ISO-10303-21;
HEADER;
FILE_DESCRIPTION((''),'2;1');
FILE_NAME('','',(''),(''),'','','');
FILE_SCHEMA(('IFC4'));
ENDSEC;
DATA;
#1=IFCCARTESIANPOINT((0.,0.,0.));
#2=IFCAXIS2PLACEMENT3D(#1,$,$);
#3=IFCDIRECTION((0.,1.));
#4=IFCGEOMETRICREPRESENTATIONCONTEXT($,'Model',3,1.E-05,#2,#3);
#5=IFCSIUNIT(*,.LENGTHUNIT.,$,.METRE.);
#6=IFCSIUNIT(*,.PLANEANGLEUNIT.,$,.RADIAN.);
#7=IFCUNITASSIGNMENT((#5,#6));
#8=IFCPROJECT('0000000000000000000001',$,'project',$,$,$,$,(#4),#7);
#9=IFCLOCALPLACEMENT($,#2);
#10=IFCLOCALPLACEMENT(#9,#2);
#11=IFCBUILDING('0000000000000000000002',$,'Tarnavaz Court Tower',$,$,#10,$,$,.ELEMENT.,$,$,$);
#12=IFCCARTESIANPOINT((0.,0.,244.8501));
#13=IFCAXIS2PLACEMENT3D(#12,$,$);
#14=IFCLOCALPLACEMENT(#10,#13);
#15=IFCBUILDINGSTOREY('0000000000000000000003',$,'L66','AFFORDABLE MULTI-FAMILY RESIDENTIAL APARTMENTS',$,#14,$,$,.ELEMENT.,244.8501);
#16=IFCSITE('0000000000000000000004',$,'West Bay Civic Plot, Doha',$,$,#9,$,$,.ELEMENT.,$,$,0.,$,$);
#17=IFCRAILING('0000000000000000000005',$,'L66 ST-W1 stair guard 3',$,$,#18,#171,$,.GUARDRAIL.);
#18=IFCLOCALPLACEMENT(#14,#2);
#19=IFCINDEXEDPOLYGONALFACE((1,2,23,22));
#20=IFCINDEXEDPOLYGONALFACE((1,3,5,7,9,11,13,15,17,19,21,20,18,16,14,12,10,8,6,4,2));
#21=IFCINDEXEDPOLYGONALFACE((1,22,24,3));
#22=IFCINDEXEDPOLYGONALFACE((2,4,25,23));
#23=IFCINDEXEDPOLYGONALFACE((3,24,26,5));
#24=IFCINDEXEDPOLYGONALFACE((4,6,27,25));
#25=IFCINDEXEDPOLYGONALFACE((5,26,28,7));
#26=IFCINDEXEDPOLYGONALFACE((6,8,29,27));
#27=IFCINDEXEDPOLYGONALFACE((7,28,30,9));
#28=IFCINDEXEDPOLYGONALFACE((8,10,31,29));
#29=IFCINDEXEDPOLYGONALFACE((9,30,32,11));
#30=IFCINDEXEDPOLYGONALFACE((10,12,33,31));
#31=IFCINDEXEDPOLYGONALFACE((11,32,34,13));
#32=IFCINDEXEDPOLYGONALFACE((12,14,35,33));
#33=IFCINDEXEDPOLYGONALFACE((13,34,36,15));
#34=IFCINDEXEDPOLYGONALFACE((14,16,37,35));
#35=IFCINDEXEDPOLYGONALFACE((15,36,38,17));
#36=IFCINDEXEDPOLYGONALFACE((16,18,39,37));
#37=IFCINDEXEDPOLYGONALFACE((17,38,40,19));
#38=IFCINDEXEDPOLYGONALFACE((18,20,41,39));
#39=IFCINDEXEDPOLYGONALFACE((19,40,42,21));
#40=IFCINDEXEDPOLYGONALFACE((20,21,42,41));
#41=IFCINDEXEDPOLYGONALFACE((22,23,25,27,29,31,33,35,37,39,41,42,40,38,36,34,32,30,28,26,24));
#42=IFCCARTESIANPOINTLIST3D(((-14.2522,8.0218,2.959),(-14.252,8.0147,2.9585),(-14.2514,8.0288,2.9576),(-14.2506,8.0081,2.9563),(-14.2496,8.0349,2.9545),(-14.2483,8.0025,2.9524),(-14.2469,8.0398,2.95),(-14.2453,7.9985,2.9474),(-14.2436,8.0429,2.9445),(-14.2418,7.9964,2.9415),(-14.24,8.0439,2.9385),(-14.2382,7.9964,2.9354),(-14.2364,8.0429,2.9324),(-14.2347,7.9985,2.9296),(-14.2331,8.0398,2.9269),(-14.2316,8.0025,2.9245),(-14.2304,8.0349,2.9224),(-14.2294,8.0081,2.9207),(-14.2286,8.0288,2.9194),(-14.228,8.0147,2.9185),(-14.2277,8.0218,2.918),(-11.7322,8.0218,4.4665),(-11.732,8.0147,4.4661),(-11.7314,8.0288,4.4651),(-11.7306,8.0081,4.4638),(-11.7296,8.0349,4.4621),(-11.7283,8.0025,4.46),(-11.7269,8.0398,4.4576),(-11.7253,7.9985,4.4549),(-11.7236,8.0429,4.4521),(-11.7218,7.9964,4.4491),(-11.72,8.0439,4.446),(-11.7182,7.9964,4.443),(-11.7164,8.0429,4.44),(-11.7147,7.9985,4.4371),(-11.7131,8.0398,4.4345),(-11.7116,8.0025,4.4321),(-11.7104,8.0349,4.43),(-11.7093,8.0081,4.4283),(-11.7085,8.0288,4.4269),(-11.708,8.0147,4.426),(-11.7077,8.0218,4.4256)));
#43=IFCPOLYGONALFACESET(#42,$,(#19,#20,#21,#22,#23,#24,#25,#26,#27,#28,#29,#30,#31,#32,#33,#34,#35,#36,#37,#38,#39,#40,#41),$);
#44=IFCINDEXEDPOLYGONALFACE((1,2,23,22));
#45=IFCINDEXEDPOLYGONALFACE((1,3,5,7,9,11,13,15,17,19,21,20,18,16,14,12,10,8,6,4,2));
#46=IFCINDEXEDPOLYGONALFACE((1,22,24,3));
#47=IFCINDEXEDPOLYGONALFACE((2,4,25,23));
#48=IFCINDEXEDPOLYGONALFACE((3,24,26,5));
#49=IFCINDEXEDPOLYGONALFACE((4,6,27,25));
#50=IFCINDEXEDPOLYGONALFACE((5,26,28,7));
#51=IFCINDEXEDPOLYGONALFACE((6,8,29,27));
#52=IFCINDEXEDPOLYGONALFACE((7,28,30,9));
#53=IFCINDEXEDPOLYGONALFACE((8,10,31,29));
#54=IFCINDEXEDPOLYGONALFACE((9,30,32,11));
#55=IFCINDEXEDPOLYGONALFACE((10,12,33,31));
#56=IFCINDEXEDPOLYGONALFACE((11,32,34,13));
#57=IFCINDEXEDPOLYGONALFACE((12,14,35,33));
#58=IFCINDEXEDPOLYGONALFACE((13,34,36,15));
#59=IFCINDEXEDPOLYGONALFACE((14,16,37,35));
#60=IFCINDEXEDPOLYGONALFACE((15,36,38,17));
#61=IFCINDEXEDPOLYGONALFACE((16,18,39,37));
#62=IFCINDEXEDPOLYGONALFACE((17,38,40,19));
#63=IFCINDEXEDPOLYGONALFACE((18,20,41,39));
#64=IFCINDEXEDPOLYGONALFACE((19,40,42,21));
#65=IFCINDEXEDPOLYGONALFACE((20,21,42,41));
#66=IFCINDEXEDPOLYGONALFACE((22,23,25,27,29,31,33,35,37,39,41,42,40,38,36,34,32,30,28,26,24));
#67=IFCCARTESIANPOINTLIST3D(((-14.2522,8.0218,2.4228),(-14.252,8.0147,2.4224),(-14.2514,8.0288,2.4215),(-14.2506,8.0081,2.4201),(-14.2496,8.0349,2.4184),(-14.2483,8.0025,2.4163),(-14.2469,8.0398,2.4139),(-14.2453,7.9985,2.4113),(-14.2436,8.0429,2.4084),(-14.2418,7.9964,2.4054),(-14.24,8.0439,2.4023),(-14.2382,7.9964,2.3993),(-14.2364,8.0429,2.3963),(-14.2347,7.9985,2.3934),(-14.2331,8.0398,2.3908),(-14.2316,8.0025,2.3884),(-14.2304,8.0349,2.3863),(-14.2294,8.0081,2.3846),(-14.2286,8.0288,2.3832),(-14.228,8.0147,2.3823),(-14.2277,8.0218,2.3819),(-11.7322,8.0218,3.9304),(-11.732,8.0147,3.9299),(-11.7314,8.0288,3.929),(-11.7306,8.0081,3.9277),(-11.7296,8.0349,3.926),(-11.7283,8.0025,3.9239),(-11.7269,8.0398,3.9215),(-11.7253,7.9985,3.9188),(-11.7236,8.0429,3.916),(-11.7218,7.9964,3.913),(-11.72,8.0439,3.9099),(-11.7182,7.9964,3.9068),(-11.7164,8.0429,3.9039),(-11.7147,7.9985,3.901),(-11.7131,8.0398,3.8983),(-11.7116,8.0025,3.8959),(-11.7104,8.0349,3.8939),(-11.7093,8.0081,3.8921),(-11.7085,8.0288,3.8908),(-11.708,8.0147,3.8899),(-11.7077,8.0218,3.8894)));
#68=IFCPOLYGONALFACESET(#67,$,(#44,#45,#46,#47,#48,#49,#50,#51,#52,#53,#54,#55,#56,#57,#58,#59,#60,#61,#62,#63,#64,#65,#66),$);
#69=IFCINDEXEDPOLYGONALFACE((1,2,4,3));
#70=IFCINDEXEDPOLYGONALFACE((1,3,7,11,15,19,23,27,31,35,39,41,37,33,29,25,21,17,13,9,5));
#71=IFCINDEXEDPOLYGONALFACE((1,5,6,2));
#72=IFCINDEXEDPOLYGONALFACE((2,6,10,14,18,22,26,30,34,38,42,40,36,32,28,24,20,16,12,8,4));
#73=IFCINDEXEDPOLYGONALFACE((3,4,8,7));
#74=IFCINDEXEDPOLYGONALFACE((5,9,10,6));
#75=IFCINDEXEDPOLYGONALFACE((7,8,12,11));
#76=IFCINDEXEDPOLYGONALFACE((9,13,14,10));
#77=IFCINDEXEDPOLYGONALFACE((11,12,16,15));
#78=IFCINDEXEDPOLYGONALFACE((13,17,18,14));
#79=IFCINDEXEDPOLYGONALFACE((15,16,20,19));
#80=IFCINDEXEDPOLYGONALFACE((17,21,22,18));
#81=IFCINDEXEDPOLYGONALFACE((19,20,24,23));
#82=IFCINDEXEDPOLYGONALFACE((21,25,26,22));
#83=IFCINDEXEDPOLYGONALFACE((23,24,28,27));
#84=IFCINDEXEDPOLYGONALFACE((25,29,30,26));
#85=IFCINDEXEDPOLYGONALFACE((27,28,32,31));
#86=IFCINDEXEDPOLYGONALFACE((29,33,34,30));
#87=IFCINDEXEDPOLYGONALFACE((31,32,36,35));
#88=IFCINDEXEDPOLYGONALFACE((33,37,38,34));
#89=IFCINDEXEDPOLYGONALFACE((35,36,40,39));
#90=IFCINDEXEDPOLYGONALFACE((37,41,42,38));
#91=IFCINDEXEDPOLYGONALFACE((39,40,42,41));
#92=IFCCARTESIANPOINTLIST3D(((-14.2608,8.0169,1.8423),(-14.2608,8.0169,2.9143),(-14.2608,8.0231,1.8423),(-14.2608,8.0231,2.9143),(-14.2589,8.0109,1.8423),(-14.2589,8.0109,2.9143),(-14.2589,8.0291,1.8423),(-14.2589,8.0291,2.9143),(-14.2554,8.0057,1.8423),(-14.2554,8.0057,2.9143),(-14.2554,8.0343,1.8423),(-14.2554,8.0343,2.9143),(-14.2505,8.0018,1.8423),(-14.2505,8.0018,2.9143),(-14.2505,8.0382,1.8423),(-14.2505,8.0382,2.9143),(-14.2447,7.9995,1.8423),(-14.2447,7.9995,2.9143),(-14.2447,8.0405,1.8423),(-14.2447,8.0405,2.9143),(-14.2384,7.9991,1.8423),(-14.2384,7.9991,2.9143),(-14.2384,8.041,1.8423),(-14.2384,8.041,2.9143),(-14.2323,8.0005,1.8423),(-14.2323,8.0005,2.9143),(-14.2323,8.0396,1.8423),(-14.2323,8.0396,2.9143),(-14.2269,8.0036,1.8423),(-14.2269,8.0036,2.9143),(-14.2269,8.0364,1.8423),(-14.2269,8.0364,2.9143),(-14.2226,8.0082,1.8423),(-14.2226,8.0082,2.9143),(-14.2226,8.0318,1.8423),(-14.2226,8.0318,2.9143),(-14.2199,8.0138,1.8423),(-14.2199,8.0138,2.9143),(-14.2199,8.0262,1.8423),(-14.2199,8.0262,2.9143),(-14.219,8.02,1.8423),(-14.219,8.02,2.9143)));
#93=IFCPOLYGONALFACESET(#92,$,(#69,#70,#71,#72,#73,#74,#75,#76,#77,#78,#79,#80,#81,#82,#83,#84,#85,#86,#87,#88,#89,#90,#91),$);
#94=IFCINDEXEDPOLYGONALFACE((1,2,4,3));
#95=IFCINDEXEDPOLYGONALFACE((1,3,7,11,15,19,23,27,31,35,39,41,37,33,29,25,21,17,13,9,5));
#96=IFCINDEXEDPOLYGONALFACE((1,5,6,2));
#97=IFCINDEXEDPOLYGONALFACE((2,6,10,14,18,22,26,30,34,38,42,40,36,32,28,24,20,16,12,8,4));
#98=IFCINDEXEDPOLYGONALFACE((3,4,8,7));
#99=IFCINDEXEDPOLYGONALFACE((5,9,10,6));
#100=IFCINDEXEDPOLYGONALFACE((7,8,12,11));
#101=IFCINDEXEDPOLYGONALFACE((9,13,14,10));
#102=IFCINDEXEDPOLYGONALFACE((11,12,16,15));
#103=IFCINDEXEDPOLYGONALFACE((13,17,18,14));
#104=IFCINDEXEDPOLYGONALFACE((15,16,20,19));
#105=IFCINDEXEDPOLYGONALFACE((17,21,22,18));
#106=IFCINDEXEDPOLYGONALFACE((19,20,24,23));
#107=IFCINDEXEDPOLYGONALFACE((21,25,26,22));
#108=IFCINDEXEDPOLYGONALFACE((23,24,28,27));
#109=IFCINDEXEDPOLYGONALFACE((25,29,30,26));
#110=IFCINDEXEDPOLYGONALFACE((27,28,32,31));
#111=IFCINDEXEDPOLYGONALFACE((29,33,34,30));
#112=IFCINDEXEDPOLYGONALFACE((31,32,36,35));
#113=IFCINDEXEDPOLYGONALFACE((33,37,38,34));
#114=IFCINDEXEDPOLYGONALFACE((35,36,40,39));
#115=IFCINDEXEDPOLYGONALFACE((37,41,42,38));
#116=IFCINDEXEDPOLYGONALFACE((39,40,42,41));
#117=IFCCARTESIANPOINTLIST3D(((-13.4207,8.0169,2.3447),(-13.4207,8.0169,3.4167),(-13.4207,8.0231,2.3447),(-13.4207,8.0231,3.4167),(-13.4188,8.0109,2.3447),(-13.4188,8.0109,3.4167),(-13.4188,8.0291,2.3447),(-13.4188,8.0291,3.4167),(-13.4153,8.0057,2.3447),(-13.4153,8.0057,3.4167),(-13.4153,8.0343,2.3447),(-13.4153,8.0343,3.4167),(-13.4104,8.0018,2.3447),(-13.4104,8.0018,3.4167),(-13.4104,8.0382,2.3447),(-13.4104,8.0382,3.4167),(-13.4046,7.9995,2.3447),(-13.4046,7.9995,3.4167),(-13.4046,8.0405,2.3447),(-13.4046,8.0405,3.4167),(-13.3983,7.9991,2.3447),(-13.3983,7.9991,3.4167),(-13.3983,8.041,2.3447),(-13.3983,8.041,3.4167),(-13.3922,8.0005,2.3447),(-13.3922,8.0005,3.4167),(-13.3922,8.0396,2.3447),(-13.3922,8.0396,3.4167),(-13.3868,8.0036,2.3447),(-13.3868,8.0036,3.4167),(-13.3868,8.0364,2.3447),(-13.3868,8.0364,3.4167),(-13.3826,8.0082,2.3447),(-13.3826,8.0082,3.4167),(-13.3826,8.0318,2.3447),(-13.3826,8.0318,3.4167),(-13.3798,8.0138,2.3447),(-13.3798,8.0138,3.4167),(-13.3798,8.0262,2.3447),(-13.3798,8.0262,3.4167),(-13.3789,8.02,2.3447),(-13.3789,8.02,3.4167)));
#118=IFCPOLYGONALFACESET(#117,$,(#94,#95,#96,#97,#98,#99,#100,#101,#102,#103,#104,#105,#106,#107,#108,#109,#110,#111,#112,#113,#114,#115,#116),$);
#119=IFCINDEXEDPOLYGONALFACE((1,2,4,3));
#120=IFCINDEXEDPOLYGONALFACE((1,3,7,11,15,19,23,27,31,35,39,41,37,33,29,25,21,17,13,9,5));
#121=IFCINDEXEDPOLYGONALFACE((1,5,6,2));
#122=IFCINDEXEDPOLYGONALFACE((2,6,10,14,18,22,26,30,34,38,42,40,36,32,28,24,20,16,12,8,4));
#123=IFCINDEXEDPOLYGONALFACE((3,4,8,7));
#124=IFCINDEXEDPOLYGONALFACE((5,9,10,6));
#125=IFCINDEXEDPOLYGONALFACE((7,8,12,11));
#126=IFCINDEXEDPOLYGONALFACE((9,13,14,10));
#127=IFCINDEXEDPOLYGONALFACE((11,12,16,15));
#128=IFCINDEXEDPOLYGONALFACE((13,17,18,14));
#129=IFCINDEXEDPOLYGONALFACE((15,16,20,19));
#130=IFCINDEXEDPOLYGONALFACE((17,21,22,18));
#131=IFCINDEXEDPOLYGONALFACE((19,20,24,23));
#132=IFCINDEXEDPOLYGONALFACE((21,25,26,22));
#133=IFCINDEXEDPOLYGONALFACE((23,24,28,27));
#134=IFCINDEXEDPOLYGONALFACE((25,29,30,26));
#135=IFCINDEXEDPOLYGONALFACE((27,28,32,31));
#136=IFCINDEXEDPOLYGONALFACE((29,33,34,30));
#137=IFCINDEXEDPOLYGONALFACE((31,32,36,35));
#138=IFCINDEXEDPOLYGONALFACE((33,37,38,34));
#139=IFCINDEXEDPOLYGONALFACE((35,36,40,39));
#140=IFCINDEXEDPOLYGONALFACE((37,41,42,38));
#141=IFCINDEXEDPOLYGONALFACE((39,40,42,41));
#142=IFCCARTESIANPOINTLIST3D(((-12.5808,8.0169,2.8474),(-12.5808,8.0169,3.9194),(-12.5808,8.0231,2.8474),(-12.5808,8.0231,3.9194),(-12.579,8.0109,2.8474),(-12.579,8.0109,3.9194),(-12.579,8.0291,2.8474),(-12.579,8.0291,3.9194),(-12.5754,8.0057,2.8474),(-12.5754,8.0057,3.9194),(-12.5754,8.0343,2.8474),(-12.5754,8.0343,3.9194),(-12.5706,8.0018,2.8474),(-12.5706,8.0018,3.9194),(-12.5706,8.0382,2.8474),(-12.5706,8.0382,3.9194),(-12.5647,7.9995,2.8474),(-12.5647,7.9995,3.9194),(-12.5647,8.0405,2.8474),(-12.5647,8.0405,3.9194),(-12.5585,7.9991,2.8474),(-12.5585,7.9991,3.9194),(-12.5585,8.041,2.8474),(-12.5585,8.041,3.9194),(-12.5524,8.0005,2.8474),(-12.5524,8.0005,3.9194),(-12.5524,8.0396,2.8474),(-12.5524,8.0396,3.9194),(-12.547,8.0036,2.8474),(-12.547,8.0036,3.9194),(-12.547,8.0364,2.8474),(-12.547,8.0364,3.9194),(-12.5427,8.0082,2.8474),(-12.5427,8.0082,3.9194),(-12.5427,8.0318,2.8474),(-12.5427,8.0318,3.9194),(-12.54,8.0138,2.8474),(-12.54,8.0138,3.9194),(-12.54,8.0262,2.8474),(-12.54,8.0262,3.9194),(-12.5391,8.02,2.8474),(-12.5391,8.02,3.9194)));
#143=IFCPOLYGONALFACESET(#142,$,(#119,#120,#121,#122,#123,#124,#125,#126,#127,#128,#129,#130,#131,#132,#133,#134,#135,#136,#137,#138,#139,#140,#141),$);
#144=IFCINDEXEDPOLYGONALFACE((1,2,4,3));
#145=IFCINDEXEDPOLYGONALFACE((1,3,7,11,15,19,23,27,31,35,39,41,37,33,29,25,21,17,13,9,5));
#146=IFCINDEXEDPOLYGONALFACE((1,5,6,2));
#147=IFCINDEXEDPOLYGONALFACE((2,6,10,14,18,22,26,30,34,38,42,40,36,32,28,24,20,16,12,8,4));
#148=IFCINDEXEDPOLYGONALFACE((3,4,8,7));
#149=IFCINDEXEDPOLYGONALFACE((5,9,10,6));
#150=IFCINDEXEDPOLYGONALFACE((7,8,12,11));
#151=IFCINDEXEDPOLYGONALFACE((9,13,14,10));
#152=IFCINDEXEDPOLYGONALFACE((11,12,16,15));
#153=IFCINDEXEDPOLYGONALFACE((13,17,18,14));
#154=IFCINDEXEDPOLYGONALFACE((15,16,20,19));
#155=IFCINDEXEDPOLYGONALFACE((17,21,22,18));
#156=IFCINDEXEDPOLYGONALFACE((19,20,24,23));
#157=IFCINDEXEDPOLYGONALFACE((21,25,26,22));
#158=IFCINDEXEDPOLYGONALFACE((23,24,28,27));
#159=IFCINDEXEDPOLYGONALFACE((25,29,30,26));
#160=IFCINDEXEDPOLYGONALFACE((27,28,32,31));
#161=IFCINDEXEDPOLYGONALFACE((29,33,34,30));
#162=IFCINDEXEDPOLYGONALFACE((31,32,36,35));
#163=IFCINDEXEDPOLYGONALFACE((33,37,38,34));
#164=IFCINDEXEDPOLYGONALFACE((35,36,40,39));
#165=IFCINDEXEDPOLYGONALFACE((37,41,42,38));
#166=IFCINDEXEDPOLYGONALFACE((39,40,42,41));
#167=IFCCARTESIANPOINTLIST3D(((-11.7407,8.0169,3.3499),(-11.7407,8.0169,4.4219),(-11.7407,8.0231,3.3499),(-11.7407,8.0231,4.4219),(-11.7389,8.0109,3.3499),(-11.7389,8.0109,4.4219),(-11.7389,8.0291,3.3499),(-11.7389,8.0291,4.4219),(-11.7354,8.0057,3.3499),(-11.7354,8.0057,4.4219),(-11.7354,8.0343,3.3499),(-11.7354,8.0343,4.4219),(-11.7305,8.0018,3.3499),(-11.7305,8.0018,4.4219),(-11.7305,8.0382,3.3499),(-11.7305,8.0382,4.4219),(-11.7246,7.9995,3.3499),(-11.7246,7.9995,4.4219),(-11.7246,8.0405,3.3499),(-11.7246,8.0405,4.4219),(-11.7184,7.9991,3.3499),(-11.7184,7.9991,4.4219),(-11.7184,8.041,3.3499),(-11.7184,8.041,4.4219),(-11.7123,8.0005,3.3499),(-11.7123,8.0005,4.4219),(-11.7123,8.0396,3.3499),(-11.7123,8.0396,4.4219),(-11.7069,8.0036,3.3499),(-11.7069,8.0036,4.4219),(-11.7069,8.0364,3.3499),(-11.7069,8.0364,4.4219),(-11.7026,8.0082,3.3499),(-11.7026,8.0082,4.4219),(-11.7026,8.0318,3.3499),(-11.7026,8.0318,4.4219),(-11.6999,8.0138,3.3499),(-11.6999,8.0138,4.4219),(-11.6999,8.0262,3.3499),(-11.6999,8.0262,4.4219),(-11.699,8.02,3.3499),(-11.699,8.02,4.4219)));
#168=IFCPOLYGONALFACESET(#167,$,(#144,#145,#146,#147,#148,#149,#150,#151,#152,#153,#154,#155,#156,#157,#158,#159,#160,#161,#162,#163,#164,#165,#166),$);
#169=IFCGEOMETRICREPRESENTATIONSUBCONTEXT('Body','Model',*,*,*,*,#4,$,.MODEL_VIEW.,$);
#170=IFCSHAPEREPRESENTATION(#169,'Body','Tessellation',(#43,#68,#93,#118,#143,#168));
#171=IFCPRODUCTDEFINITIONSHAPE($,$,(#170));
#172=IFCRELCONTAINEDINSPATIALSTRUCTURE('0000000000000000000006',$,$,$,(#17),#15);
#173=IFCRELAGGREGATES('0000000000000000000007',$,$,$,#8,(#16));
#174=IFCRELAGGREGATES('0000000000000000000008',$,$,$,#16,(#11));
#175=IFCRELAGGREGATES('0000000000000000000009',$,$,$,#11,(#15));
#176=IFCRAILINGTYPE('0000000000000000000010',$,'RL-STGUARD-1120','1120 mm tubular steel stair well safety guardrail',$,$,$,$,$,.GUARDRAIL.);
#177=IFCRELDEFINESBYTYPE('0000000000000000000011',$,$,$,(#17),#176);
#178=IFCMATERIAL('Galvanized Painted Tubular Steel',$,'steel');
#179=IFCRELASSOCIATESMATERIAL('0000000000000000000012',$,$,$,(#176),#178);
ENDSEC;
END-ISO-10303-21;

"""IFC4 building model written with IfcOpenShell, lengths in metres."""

from ifc_helpers import new_model, si_unit, direction, frame, origin, origin_2d, place, context, subcontext, project, spatial, circle, extrude, material, type_object, element, save


model = new_model("IFC4")

# Units and contexts
model_context = context("Model", 3, precision=1e-05, world=origin(), true_north=direction((0.0, 1.0)))
body_context = subcontext(model_context, "Body", "Model", "MODEL_VIEW")
ifc_project = project(units=[si_unit("LENGTHUNIT", "METRE"), si_unit("PLANEANGLEUNIT", "RADIAN")], contexts=[model_context])

# Site, building, storey
site_placement = place(None, origin())
site = spatial("IfcSite", under=ifc_project, at=site_placement, Name="West Bay Civic Plot, Doha", CompositionType="ELEMENT", RefElevation=0.0)
building_placement = place(site_placement, origin())
building = spatial("IfcBuilding", under=site, at=building_placement, Name="Tarnavaz Court Tower", CompositionType="ELEMENT")
storey_placement = place(building_placement, frame((0.0, 0.0, 244.8501)))
storey = spatial("IfcBuildingStorey", under=building, at=storey_placement, Name="L66", Description="AFFORDABLE MULTI-FAMILY RESIDENTIAL APARTMENTS", CompositionType="ELEMENT", Elevation=244.8501)

# Railing
ifc_material_1 = material(Name="Galvanized Painted Tubular Steel", Category="steel")
railing_type_1 = type_object("IfcRailingType", Name="RL-STGUARD-1120", Description="1120 mm tubular steel stair well safety guardrail", PredefinedType="GUARDRAIL", material=ifc_material_1)
railing_1_placement = place(storey_placement, frame((-14.24, 8.02, 1.8423)))
element("IfcRailing", 1, at=railing_1_placement, inside=storey, type_object=railing_type_1, Name="L66 ST-W1 stair guard 3", PredefinedType="GUARDRAIL", context=body_context, shape_type="SweptSolid", body=[
    extrude(circle(Radius=0.0239, at=origin_2d()), frame((0.0, 0.0, 1.0962), z_axis=(0.85816, 0.0, 0.513383), x_axis=(0.0, 1.0, 0.0)), (0.0, 0.0, 1.0), 2.9365),
    extrude(circle(Radius=0.0239, at=origin_2d()), frame((0.0, 0.0, 0.5601), z_axis=(0.85816, 0.0, 0.513383), x_axis=(0.0, 1.0, 0.0)), (0.0, 0.0, 1.0), 2.9365),
    extrude(circle(Radius=0.021, at=origin_2d()), origin(), (0.0, 0.0, 1.0), 1.072),
    extrude(circle(Radius=0.021, at=origin_2d()), frame((0.8401, 0.0, 0.5024)), (0.0, 0.0, 1.0), 1.072),
    extrude(circle(Radius=0.021, at=origin_2d()), frame((1.6799, 0.0, 1.0051)), (0.0, 0.0, 1.0), 1.072),
    extrude(circle(Radius=0.021, at=origin_2d()), frame((2.52, 0.0, 1.5076)), (0.0, 0.0, 1.0), 1.072),
])

save(model, "model.ifc")
